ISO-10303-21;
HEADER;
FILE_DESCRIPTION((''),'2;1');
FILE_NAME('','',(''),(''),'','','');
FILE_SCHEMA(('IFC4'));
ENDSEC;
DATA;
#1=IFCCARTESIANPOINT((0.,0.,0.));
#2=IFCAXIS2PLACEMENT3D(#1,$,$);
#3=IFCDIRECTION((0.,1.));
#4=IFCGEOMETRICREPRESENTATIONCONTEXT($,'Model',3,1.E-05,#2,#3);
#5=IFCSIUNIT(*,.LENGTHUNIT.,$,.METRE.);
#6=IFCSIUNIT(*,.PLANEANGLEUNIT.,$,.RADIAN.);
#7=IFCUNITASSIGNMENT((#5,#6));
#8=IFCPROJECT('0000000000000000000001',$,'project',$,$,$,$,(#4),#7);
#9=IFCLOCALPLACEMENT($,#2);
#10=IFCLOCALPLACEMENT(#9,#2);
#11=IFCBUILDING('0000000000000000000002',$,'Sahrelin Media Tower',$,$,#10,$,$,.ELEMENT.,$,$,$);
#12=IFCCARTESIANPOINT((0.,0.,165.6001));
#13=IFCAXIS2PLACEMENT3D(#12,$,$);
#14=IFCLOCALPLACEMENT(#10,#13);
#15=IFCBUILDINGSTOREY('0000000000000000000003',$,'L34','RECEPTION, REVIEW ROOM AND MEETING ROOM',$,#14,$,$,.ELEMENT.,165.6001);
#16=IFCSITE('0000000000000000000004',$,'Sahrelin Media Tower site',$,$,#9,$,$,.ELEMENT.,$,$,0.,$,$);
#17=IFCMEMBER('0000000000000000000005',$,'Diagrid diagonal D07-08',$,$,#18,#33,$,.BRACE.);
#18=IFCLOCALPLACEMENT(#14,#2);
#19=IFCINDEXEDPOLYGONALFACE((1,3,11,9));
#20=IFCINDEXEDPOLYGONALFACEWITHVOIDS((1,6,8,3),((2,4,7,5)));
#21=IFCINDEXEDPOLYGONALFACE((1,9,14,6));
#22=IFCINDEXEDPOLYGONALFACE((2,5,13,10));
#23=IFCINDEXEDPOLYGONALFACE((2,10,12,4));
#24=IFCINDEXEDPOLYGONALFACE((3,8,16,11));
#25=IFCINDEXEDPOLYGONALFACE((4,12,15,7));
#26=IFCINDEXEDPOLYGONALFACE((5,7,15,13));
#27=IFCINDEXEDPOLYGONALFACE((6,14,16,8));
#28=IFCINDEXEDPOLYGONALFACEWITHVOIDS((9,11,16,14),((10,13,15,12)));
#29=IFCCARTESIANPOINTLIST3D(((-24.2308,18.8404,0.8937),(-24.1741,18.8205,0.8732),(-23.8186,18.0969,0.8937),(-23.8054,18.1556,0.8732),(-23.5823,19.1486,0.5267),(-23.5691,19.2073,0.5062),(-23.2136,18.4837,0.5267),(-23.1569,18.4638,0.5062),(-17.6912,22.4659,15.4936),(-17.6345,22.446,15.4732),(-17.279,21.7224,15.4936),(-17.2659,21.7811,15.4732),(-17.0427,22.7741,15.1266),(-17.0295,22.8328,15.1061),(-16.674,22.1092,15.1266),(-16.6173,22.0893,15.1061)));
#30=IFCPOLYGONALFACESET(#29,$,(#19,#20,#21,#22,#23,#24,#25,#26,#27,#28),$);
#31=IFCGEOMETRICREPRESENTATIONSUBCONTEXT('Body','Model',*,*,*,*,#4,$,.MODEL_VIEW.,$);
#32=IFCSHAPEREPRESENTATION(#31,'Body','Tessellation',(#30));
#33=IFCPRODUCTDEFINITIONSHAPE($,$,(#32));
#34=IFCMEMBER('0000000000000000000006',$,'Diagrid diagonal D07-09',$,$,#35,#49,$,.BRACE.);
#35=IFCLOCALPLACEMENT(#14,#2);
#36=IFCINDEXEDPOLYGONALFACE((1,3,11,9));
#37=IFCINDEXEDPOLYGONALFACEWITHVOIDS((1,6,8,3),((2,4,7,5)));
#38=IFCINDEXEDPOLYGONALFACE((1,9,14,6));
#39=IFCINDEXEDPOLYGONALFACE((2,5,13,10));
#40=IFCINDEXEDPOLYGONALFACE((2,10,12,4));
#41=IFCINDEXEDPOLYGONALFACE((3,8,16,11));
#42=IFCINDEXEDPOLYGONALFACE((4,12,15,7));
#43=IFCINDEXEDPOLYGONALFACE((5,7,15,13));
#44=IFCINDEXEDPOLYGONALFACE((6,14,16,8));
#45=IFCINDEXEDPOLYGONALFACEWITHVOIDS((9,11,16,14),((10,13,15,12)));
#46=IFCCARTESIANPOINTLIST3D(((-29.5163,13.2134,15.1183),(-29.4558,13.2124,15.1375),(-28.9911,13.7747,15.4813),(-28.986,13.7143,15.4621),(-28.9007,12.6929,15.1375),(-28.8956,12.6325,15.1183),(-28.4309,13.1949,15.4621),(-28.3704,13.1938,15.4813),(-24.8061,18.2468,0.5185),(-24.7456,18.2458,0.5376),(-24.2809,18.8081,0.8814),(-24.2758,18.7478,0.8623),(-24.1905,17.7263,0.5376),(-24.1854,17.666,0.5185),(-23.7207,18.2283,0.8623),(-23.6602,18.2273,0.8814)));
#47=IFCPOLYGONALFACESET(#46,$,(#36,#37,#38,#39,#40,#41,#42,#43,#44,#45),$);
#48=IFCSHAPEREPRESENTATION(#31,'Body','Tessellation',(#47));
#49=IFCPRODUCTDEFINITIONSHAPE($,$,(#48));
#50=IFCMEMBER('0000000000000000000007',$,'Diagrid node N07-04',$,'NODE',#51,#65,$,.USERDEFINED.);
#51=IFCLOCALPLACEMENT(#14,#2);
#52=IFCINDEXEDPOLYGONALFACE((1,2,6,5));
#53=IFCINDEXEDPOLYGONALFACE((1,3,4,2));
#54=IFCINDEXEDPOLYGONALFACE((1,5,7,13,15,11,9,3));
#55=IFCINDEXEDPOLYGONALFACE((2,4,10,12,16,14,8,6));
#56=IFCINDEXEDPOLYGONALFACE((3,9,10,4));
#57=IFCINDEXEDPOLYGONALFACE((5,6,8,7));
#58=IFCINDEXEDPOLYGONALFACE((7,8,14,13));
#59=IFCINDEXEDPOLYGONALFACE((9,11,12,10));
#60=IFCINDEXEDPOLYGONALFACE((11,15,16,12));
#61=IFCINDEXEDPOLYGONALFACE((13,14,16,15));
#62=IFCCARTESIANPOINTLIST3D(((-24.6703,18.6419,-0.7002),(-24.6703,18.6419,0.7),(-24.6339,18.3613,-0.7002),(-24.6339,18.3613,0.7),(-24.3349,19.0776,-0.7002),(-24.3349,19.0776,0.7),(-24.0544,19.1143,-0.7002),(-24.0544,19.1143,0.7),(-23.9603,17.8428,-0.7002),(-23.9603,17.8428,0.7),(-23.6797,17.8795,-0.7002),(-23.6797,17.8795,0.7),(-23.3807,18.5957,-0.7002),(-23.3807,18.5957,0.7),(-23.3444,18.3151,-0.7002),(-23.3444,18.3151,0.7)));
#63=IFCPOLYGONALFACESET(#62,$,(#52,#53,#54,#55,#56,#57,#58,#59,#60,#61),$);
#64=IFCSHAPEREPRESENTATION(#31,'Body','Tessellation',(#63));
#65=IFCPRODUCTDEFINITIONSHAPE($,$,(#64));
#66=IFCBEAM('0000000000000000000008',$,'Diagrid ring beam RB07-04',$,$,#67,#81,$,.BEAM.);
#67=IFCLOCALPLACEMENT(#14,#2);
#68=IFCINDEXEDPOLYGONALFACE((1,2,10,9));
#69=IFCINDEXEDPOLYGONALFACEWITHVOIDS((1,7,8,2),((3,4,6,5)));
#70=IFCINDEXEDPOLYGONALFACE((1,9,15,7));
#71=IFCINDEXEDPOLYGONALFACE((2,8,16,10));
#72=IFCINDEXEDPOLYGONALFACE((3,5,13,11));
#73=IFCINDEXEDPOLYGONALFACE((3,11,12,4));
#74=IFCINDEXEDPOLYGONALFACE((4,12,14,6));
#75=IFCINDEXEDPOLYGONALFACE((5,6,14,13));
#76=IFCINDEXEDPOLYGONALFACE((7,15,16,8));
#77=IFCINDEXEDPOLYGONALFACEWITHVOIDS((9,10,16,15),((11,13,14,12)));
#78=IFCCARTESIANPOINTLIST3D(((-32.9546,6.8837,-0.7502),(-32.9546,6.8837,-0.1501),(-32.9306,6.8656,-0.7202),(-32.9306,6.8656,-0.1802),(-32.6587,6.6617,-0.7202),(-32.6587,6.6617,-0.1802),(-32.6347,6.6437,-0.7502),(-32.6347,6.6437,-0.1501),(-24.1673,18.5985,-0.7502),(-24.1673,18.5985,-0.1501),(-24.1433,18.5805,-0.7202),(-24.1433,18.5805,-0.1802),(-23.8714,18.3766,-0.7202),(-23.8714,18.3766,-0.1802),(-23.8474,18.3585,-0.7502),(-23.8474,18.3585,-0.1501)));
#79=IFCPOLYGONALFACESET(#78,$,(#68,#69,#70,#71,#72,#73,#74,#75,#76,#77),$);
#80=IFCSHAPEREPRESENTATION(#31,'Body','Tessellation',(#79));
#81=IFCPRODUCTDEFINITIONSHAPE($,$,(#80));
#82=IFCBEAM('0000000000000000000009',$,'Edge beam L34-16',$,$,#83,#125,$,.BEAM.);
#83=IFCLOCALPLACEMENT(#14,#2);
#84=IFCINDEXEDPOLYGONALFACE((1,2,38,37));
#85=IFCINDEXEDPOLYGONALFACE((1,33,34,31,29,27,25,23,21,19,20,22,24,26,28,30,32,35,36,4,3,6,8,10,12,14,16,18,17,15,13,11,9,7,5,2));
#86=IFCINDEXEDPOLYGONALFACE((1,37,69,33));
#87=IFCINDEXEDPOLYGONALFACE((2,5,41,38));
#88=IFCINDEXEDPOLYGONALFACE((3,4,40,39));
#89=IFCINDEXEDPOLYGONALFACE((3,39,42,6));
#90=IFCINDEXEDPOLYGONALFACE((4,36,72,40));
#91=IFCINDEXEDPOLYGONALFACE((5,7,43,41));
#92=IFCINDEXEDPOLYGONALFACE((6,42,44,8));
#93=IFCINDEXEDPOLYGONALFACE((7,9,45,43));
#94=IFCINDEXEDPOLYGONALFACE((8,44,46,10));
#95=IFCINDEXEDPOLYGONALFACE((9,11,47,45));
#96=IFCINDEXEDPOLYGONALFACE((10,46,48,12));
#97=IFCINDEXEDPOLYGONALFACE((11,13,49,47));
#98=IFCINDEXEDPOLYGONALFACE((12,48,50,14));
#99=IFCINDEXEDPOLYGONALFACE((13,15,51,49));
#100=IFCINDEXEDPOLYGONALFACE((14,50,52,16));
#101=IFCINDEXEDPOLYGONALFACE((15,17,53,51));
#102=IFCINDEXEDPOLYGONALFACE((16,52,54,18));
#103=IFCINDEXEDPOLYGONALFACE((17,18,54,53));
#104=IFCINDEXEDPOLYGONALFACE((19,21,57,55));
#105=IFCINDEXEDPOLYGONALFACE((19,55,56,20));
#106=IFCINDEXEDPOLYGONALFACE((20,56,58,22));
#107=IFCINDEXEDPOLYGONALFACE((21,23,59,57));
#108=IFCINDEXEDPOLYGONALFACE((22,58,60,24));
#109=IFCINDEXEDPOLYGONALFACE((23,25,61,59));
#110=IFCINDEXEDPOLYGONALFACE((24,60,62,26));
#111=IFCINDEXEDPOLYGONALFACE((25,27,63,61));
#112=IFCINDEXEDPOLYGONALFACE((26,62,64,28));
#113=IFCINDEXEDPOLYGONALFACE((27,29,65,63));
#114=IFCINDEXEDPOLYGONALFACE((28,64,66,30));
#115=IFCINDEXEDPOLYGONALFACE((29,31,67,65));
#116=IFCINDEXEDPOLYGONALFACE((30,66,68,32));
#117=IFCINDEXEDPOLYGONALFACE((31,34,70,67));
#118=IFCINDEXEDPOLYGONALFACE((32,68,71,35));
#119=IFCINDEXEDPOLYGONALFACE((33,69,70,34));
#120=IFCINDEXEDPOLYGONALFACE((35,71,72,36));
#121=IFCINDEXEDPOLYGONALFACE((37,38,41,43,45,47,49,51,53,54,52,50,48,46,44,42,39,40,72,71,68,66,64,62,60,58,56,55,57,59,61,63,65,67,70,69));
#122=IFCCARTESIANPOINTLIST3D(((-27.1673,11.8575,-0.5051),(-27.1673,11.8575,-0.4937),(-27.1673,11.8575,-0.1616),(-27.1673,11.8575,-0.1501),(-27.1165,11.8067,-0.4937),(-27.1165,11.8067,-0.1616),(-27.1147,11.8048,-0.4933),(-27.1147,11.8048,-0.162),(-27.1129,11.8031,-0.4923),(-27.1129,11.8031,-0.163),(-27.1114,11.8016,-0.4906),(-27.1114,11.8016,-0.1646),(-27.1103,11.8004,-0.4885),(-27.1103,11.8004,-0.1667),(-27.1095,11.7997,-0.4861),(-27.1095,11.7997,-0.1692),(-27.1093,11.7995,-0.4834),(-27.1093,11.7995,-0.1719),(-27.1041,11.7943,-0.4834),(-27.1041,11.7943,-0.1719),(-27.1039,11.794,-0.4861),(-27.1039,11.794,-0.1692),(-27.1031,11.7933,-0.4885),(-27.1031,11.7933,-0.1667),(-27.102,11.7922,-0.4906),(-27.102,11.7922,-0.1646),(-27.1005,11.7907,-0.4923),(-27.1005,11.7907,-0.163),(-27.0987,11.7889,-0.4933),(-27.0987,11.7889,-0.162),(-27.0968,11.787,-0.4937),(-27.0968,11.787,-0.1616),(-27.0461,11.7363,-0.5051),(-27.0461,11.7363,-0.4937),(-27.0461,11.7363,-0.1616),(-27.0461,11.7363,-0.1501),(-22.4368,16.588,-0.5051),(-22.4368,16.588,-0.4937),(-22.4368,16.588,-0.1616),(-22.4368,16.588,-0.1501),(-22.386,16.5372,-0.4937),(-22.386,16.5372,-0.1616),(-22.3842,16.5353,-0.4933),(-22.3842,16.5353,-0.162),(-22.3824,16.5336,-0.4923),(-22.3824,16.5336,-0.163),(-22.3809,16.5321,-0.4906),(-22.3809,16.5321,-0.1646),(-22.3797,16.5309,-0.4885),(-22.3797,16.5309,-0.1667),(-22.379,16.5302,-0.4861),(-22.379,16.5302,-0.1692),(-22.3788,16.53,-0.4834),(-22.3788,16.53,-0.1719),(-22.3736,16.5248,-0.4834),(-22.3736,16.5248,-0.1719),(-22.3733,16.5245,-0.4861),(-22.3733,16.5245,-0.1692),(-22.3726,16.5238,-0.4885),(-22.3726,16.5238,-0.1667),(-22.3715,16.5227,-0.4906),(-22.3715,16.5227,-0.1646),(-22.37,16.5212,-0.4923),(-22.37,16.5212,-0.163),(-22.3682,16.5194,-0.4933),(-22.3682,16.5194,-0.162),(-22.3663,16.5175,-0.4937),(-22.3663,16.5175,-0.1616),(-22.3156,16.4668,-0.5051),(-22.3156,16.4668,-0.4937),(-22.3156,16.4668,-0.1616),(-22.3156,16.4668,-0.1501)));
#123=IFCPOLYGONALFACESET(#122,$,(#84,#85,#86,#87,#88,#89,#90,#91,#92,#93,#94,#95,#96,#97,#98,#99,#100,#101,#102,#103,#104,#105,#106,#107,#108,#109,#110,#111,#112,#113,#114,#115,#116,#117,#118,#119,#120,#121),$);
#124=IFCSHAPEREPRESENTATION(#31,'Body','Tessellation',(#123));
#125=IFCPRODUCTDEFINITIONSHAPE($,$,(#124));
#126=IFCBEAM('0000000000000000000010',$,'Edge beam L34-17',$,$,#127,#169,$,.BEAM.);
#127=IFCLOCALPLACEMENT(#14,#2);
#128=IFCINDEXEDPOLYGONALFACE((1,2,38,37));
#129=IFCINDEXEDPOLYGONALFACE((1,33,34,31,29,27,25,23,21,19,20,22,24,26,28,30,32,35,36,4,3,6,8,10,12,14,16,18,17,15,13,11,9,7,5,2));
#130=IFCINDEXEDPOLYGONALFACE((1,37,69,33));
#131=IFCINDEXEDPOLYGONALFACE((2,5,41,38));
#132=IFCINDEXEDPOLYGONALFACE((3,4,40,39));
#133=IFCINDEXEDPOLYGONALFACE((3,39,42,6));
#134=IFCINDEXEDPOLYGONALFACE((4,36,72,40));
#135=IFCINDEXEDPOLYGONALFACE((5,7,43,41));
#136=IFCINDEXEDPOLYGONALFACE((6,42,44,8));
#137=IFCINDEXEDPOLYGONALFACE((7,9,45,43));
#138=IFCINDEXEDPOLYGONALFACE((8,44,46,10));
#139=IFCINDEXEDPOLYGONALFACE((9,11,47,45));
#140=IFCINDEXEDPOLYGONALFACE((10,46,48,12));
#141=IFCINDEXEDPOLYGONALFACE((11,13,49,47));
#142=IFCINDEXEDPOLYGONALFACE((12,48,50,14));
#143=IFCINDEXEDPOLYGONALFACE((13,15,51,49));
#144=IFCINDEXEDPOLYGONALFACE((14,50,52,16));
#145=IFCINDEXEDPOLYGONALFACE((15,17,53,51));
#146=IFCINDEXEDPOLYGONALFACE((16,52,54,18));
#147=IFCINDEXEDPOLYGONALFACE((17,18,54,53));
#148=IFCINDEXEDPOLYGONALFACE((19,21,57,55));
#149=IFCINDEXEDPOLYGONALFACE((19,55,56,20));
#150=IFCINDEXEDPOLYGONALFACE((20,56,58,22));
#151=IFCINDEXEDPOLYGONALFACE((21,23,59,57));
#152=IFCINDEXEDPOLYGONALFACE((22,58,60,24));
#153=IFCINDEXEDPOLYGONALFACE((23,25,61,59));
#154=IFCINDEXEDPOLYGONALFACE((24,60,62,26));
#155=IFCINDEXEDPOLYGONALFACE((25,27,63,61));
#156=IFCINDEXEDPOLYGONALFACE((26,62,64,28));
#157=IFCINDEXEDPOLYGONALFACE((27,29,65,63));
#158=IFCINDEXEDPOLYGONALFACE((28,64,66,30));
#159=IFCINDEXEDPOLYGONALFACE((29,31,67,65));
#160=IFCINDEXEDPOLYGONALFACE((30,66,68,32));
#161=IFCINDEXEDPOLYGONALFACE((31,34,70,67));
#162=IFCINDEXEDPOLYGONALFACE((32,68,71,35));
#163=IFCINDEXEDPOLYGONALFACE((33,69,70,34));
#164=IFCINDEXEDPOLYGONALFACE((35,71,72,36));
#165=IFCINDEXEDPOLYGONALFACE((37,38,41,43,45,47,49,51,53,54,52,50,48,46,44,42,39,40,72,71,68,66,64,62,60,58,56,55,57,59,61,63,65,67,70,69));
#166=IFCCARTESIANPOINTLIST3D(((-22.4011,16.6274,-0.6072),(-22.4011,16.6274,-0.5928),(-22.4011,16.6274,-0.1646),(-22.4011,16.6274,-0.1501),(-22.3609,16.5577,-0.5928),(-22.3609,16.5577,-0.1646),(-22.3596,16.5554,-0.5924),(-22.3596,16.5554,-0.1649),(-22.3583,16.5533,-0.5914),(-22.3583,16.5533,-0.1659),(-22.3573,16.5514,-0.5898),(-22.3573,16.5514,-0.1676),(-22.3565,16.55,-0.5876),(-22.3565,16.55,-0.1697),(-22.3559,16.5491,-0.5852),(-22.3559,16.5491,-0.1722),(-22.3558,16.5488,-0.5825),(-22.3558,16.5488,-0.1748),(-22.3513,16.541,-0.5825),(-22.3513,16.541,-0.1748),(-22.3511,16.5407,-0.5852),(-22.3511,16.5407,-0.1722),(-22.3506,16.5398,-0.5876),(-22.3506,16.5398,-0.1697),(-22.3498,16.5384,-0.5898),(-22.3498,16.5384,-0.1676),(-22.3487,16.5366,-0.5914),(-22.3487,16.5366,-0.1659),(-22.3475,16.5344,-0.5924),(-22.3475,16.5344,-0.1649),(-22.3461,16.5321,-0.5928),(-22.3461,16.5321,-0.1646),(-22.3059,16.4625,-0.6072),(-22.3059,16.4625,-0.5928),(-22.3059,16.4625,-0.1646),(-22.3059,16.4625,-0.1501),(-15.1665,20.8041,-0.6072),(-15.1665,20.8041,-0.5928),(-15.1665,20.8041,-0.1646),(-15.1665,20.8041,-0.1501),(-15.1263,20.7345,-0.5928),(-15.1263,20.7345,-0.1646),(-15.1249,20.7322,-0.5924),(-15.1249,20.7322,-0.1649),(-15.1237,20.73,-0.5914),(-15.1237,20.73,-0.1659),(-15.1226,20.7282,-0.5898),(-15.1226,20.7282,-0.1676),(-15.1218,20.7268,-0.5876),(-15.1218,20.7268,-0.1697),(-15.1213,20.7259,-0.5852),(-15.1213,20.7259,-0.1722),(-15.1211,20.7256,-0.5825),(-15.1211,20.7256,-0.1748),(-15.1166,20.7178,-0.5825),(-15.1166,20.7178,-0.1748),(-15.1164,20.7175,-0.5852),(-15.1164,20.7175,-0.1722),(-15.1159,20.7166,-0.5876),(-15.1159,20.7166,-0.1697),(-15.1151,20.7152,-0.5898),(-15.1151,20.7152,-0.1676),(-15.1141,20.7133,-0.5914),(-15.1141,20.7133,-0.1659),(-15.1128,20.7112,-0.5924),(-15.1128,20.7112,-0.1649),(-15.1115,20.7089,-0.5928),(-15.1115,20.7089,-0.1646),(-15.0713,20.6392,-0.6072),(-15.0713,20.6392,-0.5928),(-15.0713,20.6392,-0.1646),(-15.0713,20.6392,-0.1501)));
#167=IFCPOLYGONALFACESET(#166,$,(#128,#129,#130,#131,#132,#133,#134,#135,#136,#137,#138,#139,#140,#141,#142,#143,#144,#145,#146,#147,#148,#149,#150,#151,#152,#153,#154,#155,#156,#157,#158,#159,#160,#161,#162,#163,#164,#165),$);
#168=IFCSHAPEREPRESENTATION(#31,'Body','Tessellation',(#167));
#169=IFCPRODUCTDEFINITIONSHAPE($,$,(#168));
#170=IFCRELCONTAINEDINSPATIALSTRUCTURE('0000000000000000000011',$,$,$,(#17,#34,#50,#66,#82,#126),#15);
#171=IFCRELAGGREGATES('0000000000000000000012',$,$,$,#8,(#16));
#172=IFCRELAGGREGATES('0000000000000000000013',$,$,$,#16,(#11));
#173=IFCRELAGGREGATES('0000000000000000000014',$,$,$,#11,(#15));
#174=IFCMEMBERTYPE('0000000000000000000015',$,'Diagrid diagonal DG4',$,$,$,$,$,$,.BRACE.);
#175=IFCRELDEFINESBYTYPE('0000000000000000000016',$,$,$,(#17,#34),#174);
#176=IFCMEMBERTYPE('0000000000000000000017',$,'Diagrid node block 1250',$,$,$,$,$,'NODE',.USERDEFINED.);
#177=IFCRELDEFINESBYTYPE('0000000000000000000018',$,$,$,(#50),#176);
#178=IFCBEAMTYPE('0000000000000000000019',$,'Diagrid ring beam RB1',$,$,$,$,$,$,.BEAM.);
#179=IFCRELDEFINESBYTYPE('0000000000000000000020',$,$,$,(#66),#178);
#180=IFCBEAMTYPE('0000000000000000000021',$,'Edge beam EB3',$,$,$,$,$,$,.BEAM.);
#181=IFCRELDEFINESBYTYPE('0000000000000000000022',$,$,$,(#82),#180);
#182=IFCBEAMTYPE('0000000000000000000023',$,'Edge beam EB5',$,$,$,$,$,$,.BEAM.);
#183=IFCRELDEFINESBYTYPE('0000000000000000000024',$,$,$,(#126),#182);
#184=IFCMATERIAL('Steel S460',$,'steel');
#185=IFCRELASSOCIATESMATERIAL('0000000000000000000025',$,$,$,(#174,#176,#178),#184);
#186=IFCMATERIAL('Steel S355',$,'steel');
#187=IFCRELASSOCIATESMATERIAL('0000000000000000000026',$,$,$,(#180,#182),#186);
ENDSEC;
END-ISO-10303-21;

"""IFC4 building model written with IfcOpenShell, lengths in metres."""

from ifc_helpers import new_model, si_unit, direction, frame, origin, origin_2d, place, context, subcontext, project, spatial, polyline, hollow_rectangle, i_section, outline, extrude, material, material_profile, profile_set, type_object, element, save


model = new_model("IFC4")

# Units and contexts
model_context = context("Model", 3, precision=1e-05, world=origin(), true_north=direction((0.0, 1.0)))
body_context = subcontext(model_context, "Body", "Model", "MODEL_VIEW")
ifc_project = project(units=[si_unit("LENGTHUNIT", "METRE"), si_unit("PLANEANGLEUNIT", "RADIAN")], contexts=[model_context])

# Site, building, storey
site_placement = place(None, origin())
site = spatial("IfcSite", under=ifc_project, at=site_placement, Name="Sahrelin Media Tower site", CompositionType="ELEMENT", RefElevation=0.0)
building_placement = place(site_placement, origin())
building = spatial("IfcBuilding", under=site, at=building_placement, Name="Sahrelin Media Tower", CompositionType="ELEMENT")
storey_placement = place(building_placement, frame((0.0, 0.0, 165.6001)))
storey = spatial("IfcBuildingStorey", under=building, at=storey_placement, Name="L34", Description="RECEPTION, REVIEW ROOM AND MEETING ROOM", CompositionType="ELEMENT", Elevation=165.6001)

# Members
ifc_material_1 = material(Name="Steel S460", Category="steel")
ifc_material_profile_1 = material_profile(ifc_material_1, hollow_rectangle(XDim=0.8501, YDim=0.8501, WallThickness=0.0449, at=origin_2d()), Name="Diagrid diagonal DG4")
ifc_profile_set_1 = profile_set([ifc_material_profile_1], Name="Steel S460")
member_type_1 = type_object("IfcMemberType", Name="Diagrid diagonal DG4", PredefinedType="BRACE", material=ifc_profile_set_1)
member_1_placement = place(storey_placement, frame((-23.6938, 18.6521, 0.7), z_axis=(0.398675, 0.221023, 0.89006), x_axis=(-0.484867, 0.874588, 0.0)))
element("IfcMember", 1, at=member_1_placement, inside=storey, type_object=member_type_1, Name="Diagrid diagonal D07-08", PredefinedType="BRACE", context=body_context, shape_type="SweptSolid", body=[
    extrude(hollow_rectangle(XDim=0.8501, YDim=0.8501, WallThickness=0.0449, at=origin_2d()), origin(), (0.0, 0.0, 1.0), 16.4033),
])
member_2_placement = place(storey_placement, frame((-24.2332, 18.2371, 0.7), z_axis=(-0.291735, -0.311755, 0.904267), x_axis=(0.730163, -0.683273, 0.0)))
element("IfcMember", 2, at=member_2_placement, inside=storey, type_object=member_type_1, Name="Diagrid diagonal D07-09", PredefinedType="BRACE", context=body_context, shape_type="SweptSolid", body=[
    extrude(hollow_rectangle(XDim=0.8501, YDim=0.8501, WallThickness=0.0449, at=origin_2d()), origin(), (0.0, 0.0, 1.0), 16.1455),
])
ifc_material_profile_2 = material_profile(ifc_material_1, outline(polyline([(0.425, -0.4751), (0.625, -0.2749), (0.625, 0.2749), (0.425, 0.4751), (-0.425, 0.4751), (-0.625, 0.2749), (-0.625, -0.2749), (-0.425, -0.4751), (0.425, -0.4751)])), Name="Diagrid node block 1250")
ifc_profile_set_2 = profile_set([ifc_material_profile_2], Name="Steel S460")
member_type_2 = type_object("IfcMemberType", Name="Diagrid node block 1250", ElementType="NODE", PredefinedType="USERDEFINED", material=ifc_profile_set_2)
member_3_placement = place(storey_placement, frame((-24.0073, 18.4785, -0.7002), z_axis=(0.0, 0.0, 1.0), x_axis=(-0.792446, 0.609942, 0.0)))
element("IfcMember", 3, at=member_3_placement, inside=storey, type_object=member_type_2, Name="Diagrid node N07-04", ObjectType="NODE", PredefinedType="USERDEFINED", context=body_context, shape_type="SweptSolid", body=[
    extrude(outline(polyline([(0.425, -0.4751), (0.625, -0.2749), (0.625, 0.2749), (0.425, 0.4751), (-0.425, 0.4751), (-0.625, 0.2749), (-0.625, -0.2749), (-0.425, -0.4751), (0.425, -0.4751)])), origin(), (0.0, 0.0, 1.0), 1.4001),
])

# Beams
ifc_material_profile_3 = material_profile(ifc_material_1, hollow_rectangle(XDim=0.3999, YDim=0.6001, WallThickness=0.03, at=origin_2d()), Name="Diagrid ring beam RB1")
ifc_profile_set_3 = profile_set([ifc_material_profile_3], Name="Steel S460")
beam_type_1 = type_object("IfcBeamType", Name="Diagrid ring beam RB1", PredefinedType="BEAM", material=ifc_profile_set_3)
beam_1_placement = place(storey_placement, frame((-24.0073, 18.4785, -0.4502), z_axis=(-0.600053, -0.79996, 0.0), x_axis=(0.79996, -0.600053, 0.0)))
element("IfcBeam", 4, at=beam_1_placement, inside=storey, type_object=beam_type_1, Name="Diagrid ring beam RB07-04", PredefinedType="BEAM", context=body_context, shape_type="SweptSolid", body=[
    extrude(hollow_rectangle(XDim=0.3999, YDim=0.6001, WallThickness=0.03, at=origin_2d()), origin(), (0.0, 0.0, 1.0), 14.6443),
])
ifc_material_2 = material(Name="Steel S355", Category="steel")
ifc_material_profile_4 = material_profile(ifc_material_2, i_section(OverallWidth=0.1714, OverallDepth=0.355, WebThickness=0.0073, FlangeThickness=0.0115, FilletRadius=0.0103, at=origin_2d()), Name="UB 356x171x51")
ifc_profile_set_4 = profile_set([ifc_material_profile_4], Name="Steel S355")
beam_type_2 = type_object("IfcBeamType", Name="Edge beam EB3", PredefinedType="BEAM", material=ifc_profile_set_4)
beam_2_placement = place(storey_placement, frame((-27.1067, 11.7969, -0.3276), z_axis=(0.707107, 0.707107, 0.0), x_axis=(-0.707107, 0.707107, 0.0)))
element("IfcBeam", 5, at=beam_2_placement, inside=storey, type_object=beam_type_2, Name="Edge beam L34-16", PredefinedType="BEAM", context=body_context, shape_type="SweptSolid", body=[
    extrude(i_section(OverallWidth=0.1714, OverallDepth=0.355, WebThickness=0.0073, FlangeThickness=0.0115, FilletRadius=0.0103, at=origin_2d()), origin(), (0.0, 0.0, 1.0), 6.6899),
])
ifc_material_profile_5 = material_profile(ifc_material_2, i_section(OverallWidth=0.1904, OverallDepth=0.457, WebThickness=0.009, FlangeThickness=0.0144, FilletRadius=0.0103, at=origin_2d()), Name="UB 457x191x74")
ifc_profile_set_5 = profile_set([ifc_material_profile_5], Name="Steel S355")
beam_type_3 = type_object("IfcBeamType", Name="Edge beam EB5", PredefinedType="BEAM", material=ifc_profile_set_5)
beam_3_placement = place(storey_placement, frame((-22.3535, 16.5449, -0.3787), z_axis=(0.866033, 0.499986, 0.0), x_axis=(-0.499986, 0.866033, 0.0)))
element("IfcBeam", 6, at=beam_3_placement, inside=storey, type_object=beam_type_3, Name="Edge beam L34-17", PredefinedType="BEAM", context=body_context, shape_type="SweptSolid", body=[
    extrude(i_section(OverallWidth=0.1904, OverallDepth=0.457, WebThickness=0.009, FlangeThickness=0.0144, FilletRadius=0.0103, at=origin_2d()), origin(), (0.0, 0.0, 1.0), 8.3538),
])

save(model, "model.ifc")
